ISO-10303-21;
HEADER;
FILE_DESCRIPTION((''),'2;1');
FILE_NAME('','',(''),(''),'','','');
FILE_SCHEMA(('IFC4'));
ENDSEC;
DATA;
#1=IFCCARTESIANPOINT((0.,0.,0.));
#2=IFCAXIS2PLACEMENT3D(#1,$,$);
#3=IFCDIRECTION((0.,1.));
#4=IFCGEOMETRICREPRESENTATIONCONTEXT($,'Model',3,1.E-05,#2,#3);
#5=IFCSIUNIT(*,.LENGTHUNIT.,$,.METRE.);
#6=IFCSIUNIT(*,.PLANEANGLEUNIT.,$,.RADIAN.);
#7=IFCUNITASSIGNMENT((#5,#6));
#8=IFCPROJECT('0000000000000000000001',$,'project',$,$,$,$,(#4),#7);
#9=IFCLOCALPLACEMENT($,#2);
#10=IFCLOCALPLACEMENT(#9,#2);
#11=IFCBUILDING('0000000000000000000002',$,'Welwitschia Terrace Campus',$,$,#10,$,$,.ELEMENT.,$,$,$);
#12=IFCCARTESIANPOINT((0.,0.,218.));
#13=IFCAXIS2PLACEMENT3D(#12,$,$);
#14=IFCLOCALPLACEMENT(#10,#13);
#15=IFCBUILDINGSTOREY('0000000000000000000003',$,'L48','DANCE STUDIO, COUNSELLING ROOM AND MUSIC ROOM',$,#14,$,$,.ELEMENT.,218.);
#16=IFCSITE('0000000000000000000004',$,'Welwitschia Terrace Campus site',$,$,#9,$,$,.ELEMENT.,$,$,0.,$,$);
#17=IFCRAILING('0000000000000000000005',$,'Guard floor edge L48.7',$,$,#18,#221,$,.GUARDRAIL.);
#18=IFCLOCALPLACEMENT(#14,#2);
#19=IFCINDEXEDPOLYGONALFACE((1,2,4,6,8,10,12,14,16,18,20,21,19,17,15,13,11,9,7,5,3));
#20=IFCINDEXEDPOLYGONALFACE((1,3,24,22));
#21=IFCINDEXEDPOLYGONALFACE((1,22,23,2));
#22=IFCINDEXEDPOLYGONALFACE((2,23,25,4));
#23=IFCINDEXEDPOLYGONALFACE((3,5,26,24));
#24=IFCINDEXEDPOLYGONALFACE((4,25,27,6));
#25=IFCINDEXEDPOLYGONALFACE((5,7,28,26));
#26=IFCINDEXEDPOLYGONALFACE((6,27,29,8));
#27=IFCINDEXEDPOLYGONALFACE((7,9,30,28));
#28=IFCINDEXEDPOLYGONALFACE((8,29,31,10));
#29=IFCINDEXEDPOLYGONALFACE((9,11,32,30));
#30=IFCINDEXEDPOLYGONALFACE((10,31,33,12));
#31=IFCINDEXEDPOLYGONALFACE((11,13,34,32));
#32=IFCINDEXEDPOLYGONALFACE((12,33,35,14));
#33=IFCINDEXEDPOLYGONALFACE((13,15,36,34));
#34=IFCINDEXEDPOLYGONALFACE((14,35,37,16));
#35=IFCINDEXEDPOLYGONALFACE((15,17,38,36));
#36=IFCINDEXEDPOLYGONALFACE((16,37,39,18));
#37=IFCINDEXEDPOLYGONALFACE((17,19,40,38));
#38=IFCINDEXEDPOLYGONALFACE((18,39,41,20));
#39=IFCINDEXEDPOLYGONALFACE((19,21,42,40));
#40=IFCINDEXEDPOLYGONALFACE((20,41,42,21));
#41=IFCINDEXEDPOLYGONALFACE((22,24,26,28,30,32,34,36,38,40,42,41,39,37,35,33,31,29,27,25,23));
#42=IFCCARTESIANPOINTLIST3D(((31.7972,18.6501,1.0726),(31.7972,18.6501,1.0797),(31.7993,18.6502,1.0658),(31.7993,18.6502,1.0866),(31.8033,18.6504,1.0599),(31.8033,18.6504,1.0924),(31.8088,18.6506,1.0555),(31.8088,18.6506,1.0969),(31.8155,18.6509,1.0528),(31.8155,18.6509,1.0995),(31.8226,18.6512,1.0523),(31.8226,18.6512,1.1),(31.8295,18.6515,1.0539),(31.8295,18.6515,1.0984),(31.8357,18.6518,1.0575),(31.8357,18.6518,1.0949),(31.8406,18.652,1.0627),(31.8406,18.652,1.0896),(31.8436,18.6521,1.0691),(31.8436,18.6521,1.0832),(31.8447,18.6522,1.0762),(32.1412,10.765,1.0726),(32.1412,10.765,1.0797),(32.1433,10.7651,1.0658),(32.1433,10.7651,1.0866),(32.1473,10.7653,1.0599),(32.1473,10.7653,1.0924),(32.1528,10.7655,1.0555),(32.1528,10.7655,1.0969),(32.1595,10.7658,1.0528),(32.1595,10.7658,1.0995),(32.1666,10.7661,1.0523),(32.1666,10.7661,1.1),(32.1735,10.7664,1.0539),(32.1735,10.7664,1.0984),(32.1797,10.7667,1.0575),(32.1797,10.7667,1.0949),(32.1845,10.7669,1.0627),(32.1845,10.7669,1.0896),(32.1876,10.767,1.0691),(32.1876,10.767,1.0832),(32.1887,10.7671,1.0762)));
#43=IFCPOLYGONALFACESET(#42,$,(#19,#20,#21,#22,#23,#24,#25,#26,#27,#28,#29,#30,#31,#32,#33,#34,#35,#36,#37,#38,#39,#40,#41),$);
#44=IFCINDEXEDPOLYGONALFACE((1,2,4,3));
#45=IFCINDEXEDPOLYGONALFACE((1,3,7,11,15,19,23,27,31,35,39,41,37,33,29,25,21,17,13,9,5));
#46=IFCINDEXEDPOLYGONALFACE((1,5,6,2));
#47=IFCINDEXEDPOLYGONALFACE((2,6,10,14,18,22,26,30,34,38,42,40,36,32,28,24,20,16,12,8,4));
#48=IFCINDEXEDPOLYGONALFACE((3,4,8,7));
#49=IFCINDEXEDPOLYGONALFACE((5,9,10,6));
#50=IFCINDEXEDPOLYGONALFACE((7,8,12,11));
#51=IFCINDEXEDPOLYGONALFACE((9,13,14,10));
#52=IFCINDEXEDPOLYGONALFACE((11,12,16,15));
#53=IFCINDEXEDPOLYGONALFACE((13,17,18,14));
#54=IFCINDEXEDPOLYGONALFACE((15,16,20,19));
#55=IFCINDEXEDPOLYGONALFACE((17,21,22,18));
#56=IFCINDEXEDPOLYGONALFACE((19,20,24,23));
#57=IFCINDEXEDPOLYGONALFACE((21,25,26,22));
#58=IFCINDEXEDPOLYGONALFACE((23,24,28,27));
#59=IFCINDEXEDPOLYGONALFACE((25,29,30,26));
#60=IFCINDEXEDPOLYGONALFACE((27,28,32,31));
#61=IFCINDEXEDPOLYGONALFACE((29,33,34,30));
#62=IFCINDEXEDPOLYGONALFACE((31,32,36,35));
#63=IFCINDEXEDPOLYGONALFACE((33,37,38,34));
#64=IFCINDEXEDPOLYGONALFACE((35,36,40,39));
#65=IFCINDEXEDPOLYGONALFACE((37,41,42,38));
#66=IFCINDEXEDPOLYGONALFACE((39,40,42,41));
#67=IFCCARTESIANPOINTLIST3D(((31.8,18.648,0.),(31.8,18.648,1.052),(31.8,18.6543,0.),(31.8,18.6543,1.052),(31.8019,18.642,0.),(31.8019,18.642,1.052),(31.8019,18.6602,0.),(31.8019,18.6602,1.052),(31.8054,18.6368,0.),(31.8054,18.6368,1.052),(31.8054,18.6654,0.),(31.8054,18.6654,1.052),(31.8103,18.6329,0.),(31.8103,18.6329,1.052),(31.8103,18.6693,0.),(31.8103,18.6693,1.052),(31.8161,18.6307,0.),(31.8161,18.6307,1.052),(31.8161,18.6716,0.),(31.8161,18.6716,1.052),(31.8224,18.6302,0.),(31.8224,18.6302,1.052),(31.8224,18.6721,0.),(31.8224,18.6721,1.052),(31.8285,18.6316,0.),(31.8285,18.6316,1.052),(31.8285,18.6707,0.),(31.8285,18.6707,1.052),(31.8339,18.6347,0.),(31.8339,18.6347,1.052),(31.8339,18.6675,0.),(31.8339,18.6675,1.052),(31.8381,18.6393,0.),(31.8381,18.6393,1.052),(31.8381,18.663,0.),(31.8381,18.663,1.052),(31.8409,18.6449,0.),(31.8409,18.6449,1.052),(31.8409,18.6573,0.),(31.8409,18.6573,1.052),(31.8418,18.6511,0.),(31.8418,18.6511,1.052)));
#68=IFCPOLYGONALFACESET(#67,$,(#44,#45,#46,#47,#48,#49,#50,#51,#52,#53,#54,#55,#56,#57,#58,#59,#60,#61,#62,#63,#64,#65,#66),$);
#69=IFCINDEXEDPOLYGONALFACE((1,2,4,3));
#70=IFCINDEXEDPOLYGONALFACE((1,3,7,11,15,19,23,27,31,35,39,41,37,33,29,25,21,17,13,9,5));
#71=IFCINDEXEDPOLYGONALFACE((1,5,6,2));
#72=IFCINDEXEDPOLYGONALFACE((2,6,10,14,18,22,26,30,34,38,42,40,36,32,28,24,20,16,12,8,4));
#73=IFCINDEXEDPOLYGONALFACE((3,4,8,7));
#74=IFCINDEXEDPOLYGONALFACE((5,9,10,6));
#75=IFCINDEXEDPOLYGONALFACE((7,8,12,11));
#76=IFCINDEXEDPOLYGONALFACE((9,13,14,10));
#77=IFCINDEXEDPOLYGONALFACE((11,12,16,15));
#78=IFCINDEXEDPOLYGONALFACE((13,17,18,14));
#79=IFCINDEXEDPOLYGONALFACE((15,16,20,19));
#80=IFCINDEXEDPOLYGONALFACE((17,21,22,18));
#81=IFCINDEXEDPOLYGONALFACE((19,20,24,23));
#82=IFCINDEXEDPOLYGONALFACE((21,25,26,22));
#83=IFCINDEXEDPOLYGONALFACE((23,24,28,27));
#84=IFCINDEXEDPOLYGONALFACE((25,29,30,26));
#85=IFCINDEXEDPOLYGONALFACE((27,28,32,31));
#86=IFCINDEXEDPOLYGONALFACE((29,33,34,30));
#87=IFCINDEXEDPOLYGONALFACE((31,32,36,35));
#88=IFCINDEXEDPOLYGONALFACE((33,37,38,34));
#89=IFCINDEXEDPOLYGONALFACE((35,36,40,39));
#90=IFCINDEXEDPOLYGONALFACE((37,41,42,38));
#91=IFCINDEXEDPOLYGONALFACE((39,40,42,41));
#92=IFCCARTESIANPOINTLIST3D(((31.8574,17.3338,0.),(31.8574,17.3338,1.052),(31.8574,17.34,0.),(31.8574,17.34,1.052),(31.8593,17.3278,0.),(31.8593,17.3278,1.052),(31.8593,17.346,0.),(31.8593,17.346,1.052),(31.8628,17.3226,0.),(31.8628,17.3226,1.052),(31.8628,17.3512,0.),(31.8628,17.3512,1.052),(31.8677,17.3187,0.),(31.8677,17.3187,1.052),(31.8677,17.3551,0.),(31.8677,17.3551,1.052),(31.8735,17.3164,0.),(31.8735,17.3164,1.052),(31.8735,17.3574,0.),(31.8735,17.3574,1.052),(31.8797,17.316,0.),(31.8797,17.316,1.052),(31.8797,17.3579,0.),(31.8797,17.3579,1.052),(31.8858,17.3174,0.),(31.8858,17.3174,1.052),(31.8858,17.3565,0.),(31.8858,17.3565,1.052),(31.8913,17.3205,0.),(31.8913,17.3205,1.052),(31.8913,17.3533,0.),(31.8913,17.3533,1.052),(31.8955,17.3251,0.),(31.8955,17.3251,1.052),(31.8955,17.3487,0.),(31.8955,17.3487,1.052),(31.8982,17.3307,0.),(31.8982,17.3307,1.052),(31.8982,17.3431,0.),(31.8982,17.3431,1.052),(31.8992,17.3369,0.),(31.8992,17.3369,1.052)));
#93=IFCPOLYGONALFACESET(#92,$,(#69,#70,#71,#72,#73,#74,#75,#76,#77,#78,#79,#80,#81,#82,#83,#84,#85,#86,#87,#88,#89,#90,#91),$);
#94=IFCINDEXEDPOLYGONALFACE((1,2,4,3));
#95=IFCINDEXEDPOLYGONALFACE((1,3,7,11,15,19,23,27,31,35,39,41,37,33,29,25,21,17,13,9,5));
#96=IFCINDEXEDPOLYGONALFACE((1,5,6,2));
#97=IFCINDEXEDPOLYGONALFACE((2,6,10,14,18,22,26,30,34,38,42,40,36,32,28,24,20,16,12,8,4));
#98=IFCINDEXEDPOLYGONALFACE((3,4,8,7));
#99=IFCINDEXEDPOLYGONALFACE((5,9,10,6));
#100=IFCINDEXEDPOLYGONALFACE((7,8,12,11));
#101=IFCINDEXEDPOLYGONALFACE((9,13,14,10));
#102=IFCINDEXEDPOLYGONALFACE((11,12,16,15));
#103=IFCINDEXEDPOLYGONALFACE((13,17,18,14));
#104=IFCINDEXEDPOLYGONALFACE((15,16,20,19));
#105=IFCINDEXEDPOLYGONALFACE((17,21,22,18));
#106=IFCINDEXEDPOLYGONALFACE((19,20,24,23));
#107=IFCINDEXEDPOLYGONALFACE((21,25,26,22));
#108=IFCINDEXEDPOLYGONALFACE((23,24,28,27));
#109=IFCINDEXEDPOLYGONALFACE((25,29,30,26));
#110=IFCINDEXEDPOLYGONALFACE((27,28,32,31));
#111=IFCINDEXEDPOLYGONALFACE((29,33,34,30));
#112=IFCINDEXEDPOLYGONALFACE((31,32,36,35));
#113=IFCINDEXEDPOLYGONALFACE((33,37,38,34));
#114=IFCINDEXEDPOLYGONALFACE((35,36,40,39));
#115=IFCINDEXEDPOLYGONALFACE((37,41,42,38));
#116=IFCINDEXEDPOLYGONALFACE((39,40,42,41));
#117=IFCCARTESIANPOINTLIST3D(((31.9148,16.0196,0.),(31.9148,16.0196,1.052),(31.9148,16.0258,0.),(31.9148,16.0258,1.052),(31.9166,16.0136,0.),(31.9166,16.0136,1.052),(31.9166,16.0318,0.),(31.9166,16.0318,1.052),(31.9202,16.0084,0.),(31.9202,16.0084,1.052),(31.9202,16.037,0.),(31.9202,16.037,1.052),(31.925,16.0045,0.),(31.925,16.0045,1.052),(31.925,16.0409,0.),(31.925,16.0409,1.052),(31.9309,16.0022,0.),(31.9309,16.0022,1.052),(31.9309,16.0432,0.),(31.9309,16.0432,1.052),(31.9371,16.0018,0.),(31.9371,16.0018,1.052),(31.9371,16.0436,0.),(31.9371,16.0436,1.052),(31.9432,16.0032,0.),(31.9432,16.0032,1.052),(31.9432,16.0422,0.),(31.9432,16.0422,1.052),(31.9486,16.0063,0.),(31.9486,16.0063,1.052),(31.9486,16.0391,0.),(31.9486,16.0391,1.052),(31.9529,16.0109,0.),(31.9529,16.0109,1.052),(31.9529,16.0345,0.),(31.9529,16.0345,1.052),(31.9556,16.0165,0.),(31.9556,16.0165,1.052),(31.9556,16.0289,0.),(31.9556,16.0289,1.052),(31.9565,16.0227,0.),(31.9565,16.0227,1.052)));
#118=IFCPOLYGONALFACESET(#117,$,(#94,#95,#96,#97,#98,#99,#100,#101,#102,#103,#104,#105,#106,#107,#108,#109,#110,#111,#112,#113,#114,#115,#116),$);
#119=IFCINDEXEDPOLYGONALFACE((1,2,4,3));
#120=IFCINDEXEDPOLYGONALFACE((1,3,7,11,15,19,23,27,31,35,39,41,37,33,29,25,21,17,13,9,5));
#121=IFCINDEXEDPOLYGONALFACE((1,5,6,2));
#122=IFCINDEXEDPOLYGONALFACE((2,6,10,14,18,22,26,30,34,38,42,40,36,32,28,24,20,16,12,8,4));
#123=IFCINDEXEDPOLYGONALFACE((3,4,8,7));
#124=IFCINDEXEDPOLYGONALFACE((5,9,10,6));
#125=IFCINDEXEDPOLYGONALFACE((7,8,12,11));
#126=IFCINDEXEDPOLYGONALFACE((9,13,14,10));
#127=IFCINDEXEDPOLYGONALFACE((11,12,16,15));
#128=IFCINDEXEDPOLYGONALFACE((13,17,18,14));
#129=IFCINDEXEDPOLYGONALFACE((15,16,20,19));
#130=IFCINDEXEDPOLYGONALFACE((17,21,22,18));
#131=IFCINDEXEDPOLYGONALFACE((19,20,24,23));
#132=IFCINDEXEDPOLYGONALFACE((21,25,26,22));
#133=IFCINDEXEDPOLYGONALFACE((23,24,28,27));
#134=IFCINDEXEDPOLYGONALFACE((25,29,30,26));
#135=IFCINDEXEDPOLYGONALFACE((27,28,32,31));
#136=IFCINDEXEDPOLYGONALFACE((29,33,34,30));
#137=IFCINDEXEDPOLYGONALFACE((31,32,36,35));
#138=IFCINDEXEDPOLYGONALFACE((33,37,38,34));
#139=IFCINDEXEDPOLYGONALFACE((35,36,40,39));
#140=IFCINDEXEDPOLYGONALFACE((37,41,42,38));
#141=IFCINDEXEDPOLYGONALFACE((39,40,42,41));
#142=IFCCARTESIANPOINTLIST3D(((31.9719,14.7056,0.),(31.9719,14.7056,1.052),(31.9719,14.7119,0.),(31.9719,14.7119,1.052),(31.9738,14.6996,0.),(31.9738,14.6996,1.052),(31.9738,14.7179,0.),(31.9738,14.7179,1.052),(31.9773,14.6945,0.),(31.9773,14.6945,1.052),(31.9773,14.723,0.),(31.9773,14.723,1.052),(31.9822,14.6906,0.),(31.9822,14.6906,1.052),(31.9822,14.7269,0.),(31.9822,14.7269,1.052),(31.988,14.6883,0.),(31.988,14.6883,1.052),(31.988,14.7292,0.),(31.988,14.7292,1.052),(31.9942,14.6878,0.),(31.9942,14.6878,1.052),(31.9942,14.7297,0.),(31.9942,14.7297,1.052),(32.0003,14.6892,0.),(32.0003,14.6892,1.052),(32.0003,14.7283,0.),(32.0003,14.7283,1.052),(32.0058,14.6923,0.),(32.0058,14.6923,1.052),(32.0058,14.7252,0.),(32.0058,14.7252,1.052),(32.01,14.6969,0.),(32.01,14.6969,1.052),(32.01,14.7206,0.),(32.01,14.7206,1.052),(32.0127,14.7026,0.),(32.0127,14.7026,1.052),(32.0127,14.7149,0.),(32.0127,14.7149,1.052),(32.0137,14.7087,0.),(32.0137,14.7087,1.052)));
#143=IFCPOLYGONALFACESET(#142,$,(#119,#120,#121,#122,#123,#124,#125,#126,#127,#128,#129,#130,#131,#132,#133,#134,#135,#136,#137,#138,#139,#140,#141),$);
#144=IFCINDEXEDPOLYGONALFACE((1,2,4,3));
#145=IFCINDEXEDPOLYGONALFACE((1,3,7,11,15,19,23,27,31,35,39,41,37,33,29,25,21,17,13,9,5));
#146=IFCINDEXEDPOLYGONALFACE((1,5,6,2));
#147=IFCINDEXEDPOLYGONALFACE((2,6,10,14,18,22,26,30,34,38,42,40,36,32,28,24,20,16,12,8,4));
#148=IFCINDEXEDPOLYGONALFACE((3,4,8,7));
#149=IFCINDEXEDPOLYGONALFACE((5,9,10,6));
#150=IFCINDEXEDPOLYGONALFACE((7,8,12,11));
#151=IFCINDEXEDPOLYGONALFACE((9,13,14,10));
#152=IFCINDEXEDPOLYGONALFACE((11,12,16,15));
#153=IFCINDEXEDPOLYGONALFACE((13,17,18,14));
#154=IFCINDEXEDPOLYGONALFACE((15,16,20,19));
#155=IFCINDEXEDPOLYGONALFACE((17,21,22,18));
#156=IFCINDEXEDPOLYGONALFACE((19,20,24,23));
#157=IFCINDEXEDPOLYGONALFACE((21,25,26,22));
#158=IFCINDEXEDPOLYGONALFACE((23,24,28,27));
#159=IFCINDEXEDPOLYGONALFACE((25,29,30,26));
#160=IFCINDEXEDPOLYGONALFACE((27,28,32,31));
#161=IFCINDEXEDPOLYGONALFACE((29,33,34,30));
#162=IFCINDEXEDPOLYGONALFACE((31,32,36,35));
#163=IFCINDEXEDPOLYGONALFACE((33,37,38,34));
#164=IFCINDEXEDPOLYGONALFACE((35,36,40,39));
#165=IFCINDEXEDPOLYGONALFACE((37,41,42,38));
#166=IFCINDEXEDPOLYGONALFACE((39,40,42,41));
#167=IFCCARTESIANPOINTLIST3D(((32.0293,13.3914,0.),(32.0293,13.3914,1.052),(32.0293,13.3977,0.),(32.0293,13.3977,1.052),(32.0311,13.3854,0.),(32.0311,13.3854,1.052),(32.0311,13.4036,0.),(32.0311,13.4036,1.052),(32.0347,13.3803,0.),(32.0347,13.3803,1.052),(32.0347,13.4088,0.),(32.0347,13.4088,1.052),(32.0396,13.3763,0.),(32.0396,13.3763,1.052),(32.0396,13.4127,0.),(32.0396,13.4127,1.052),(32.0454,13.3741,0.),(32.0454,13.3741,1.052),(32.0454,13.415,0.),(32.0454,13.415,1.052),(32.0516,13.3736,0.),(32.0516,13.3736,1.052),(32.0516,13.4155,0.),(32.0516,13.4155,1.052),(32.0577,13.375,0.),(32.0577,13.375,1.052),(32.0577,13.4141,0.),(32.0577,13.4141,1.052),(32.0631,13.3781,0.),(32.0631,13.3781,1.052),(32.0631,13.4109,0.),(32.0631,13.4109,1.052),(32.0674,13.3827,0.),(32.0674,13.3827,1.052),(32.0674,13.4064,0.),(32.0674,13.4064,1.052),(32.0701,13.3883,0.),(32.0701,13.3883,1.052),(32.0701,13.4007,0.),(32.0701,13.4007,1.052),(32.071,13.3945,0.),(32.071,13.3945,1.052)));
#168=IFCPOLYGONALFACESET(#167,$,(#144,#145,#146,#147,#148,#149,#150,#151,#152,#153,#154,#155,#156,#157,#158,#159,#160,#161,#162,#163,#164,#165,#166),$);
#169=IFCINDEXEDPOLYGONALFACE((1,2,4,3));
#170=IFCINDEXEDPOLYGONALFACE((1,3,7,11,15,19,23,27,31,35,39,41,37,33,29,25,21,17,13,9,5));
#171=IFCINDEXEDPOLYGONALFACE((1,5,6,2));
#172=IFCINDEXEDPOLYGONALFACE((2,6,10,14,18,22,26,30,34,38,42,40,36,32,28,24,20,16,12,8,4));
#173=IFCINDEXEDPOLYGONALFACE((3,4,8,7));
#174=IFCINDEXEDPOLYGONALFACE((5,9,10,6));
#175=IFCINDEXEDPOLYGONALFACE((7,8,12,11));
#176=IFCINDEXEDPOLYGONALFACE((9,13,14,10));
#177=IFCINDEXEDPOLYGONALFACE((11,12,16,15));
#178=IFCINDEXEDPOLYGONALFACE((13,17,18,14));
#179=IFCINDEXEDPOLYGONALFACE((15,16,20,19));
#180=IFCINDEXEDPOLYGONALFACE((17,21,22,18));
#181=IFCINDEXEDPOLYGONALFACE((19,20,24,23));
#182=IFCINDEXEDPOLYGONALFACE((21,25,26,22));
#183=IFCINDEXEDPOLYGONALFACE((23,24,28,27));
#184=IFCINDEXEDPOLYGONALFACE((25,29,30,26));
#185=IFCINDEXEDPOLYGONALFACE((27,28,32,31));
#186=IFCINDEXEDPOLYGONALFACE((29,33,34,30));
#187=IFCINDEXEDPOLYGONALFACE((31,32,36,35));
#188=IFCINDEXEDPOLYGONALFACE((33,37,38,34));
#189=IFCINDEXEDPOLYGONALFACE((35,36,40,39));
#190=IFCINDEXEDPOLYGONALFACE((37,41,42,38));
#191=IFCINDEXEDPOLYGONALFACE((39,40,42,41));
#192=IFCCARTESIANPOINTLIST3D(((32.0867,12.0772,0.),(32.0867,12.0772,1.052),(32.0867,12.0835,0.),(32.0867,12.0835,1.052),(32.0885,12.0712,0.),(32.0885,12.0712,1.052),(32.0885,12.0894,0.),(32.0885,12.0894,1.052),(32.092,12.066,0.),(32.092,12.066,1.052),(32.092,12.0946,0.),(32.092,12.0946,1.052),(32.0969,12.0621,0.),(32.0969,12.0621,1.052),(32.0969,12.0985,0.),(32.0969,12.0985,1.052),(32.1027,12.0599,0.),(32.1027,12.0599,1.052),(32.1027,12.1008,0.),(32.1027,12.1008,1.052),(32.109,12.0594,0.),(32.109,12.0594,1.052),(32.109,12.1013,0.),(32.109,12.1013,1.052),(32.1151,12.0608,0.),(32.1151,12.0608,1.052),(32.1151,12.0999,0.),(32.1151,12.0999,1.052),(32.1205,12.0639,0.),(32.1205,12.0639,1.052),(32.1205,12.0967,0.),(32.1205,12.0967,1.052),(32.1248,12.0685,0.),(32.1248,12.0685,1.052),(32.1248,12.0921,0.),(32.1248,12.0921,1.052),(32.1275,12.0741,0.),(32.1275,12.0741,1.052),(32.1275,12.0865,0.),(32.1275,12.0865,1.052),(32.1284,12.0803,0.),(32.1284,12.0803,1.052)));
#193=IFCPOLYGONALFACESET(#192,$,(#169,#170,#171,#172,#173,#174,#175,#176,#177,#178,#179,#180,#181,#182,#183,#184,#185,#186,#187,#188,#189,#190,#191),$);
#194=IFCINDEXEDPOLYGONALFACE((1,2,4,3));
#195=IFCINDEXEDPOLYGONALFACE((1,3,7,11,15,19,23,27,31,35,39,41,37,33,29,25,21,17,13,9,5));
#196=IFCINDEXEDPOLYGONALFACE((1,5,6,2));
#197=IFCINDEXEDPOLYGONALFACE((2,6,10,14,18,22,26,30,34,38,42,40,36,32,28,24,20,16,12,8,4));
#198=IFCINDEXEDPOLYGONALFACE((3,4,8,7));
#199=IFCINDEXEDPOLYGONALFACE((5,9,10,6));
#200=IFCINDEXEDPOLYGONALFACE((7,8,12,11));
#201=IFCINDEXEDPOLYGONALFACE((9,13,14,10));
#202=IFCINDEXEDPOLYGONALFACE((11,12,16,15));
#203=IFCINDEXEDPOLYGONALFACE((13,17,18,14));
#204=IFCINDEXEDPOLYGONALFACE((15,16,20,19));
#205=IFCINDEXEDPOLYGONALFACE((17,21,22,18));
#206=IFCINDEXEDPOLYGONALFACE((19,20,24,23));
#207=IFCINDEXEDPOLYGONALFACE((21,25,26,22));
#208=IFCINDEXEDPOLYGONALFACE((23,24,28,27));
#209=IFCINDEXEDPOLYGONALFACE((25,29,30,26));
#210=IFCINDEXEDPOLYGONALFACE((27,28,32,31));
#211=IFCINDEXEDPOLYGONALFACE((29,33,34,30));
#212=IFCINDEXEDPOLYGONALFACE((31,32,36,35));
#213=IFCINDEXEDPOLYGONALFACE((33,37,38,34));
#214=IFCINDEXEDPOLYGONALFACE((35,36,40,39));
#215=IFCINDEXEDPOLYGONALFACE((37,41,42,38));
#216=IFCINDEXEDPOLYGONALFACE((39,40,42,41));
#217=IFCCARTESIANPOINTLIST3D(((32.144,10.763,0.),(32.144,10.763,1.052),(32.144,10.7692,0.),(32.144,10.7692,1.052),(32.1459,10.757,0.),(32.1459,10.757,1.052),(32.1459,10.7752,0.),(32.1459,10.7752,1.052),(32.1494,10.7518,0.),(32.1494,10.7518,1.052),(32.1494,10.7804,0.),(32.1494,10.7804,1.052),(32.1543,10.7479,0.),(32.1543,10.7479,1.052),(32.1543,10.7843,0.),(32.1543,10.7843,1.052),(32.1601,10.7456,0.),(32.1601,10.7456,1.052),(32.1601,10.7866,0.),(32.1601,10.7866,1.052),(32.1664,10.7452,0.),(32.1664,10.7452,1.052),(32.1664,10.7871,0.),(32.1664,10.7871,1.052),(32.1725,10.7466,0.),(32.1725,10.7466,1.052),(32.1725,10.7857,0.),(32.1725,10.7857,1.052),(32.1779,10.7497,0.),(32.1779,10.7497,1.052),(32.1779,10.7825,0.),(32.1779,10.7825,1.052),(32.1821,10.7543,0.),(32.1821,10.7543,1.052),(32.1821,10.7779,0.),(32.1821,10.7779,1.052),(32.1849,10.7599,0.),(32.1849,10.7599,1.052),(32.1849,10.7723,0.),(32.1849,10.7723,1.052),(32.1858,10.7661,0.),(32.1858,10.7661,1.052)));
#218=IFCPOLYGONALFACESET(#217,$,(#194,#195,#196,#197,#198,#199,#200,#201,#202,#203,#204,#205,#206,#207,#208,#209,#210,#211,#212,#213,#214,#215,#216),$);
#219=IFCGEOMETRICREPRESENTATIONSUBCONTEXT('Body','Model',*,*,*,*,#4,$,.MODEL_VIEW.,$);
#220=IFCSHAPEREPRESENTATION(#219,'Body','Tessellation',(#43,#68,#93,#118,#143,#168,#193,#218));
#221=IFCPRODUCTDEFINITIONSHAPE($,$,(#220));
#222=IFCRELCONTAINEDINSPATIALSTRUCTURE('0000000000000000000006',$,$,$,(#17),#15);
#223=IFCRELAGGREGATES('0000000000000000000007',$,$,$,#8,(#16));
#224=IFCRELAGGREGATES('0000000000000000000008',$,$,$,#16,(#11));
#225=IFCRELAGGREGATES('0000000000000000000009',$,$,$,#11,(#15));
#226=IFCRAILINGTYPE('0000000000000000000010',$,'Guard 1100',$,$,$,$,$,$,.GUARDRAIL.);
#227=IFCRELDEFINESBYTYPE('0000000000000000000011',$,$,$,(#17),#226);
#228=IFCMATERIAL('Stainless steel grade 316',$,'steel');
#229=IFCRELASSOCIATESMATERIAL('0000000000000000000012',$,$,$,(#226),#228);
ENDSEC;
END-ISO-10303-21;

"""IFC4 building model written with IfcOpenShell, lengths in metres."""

from ifc_helpers import new_model, si_unit, direction, frame, origin, origin_2d, place, context, subcontext, project, spatial, circle, extrude, material, type_object, element, save


model = new_model("IFC4")

# Units and contexts
model_context = context("Model", 3, precision=1e-05, world=origin(), true_north=direction((0.0, 1.0)))
body_context = subcontext(model_context, "Body", "Model", "MODEL_VIEW")
ifc_project = project(units=[si_unit("LENGTHUNIT", "METRE"), si_unit("PLANEANGLEUNIT", "RADIAN")], contexts=[model_context])

# Site, building, storey
site_placement = place(None, origin())
site = spatial("IfcSite", under=ifc_project, at=site_placement, Name="Welwitschia Terrace Campus site", CompositionType="ELEMENT", RefElevation=0.0)
building_placement = place(site_placement, origin())
building = spatial("IfcBuilding", under=site, at=building_placement, Name="Welwitschia Terrace Campus", CompositionType="ELEMENT")
storey_placement = place(building_placement, frame((0.0, 0.0, 218.0)))
storey = spatial("IfcBuildingStorey", under=building, at=storey_placement, Name="L48", Description="DANCE STUDIO, COUNSELLING ROOM AND MUSIC ROOM", CompositionType="ELEMENT", Elevation=218.0)

# Railing
ifc_material_1 = material(Name="Stainless steel grade 316", Category="steel")
railing_type = type_object("IfcRailingType", Name="Guard 1100", PredefinedType="GUARDRAIL", material=ifc_material_1)
railing_1_placement = place(storey_placement, frame((31.8208, 18.6511, 0.0)))
element("IfcRailing", 1, at=railing_1_placement, inside=storey, type_object=railing_type, Name="Guard floor edge L48.7", PredefinedType="GUARDRAIL", context=body_context, shape_type="SweptSolid", body=[
    extrude(circle(Radius=0.0239, at=origin_2d()), frame((0.0, 0.0, 1.0762), z_axis=(0.043585, -0.99905, 0.0), x_axis=(0.99905, 0.043585, 0.0)), (0.0, 0.0, 1.0), 7.8926),
    extrude(circle(Radius=0.021, at=origin_2d()), origin(), (0.0, 0.0, 1.0), 1.052),
    extrude(circle(Radius=0.021, at=origin_2d()), frame((0.0574, -1.3142, 0.0)), (0.0, 0.0, 1.0), 1.052),
    extrude(circle(Radius=0.021, at=origin_2d()), frame((0.1147, -2.6284, 0.0)), (0.0, 0.0, 1.0), 1.052),
    extrude(circle(Radius=0.021, at=origin_2d()), frame((0.1719, -3.9424, 0.0)), (0.0, 0.0, 1.0), 1.052),
    extrude(circle(Radius=0.021, at=origin_2d()), frame((0.2292, -5.2566, 0.0)), (0.0, 0.0, 1.0), 1.052),
    extrude(circle(Radius=0.021, at=origin_2d()), frame((0.2866, -6.5708, 0.0)), (0.0, 0.0, 1.0), 1.052),
    extrude(circle(Radius=0.021, at=origin_2d()), frame((0.344, -7.885, 0.0)), (0.0, 0.0, 1.0), 1.052),
])

save(model, "model.ifc")
